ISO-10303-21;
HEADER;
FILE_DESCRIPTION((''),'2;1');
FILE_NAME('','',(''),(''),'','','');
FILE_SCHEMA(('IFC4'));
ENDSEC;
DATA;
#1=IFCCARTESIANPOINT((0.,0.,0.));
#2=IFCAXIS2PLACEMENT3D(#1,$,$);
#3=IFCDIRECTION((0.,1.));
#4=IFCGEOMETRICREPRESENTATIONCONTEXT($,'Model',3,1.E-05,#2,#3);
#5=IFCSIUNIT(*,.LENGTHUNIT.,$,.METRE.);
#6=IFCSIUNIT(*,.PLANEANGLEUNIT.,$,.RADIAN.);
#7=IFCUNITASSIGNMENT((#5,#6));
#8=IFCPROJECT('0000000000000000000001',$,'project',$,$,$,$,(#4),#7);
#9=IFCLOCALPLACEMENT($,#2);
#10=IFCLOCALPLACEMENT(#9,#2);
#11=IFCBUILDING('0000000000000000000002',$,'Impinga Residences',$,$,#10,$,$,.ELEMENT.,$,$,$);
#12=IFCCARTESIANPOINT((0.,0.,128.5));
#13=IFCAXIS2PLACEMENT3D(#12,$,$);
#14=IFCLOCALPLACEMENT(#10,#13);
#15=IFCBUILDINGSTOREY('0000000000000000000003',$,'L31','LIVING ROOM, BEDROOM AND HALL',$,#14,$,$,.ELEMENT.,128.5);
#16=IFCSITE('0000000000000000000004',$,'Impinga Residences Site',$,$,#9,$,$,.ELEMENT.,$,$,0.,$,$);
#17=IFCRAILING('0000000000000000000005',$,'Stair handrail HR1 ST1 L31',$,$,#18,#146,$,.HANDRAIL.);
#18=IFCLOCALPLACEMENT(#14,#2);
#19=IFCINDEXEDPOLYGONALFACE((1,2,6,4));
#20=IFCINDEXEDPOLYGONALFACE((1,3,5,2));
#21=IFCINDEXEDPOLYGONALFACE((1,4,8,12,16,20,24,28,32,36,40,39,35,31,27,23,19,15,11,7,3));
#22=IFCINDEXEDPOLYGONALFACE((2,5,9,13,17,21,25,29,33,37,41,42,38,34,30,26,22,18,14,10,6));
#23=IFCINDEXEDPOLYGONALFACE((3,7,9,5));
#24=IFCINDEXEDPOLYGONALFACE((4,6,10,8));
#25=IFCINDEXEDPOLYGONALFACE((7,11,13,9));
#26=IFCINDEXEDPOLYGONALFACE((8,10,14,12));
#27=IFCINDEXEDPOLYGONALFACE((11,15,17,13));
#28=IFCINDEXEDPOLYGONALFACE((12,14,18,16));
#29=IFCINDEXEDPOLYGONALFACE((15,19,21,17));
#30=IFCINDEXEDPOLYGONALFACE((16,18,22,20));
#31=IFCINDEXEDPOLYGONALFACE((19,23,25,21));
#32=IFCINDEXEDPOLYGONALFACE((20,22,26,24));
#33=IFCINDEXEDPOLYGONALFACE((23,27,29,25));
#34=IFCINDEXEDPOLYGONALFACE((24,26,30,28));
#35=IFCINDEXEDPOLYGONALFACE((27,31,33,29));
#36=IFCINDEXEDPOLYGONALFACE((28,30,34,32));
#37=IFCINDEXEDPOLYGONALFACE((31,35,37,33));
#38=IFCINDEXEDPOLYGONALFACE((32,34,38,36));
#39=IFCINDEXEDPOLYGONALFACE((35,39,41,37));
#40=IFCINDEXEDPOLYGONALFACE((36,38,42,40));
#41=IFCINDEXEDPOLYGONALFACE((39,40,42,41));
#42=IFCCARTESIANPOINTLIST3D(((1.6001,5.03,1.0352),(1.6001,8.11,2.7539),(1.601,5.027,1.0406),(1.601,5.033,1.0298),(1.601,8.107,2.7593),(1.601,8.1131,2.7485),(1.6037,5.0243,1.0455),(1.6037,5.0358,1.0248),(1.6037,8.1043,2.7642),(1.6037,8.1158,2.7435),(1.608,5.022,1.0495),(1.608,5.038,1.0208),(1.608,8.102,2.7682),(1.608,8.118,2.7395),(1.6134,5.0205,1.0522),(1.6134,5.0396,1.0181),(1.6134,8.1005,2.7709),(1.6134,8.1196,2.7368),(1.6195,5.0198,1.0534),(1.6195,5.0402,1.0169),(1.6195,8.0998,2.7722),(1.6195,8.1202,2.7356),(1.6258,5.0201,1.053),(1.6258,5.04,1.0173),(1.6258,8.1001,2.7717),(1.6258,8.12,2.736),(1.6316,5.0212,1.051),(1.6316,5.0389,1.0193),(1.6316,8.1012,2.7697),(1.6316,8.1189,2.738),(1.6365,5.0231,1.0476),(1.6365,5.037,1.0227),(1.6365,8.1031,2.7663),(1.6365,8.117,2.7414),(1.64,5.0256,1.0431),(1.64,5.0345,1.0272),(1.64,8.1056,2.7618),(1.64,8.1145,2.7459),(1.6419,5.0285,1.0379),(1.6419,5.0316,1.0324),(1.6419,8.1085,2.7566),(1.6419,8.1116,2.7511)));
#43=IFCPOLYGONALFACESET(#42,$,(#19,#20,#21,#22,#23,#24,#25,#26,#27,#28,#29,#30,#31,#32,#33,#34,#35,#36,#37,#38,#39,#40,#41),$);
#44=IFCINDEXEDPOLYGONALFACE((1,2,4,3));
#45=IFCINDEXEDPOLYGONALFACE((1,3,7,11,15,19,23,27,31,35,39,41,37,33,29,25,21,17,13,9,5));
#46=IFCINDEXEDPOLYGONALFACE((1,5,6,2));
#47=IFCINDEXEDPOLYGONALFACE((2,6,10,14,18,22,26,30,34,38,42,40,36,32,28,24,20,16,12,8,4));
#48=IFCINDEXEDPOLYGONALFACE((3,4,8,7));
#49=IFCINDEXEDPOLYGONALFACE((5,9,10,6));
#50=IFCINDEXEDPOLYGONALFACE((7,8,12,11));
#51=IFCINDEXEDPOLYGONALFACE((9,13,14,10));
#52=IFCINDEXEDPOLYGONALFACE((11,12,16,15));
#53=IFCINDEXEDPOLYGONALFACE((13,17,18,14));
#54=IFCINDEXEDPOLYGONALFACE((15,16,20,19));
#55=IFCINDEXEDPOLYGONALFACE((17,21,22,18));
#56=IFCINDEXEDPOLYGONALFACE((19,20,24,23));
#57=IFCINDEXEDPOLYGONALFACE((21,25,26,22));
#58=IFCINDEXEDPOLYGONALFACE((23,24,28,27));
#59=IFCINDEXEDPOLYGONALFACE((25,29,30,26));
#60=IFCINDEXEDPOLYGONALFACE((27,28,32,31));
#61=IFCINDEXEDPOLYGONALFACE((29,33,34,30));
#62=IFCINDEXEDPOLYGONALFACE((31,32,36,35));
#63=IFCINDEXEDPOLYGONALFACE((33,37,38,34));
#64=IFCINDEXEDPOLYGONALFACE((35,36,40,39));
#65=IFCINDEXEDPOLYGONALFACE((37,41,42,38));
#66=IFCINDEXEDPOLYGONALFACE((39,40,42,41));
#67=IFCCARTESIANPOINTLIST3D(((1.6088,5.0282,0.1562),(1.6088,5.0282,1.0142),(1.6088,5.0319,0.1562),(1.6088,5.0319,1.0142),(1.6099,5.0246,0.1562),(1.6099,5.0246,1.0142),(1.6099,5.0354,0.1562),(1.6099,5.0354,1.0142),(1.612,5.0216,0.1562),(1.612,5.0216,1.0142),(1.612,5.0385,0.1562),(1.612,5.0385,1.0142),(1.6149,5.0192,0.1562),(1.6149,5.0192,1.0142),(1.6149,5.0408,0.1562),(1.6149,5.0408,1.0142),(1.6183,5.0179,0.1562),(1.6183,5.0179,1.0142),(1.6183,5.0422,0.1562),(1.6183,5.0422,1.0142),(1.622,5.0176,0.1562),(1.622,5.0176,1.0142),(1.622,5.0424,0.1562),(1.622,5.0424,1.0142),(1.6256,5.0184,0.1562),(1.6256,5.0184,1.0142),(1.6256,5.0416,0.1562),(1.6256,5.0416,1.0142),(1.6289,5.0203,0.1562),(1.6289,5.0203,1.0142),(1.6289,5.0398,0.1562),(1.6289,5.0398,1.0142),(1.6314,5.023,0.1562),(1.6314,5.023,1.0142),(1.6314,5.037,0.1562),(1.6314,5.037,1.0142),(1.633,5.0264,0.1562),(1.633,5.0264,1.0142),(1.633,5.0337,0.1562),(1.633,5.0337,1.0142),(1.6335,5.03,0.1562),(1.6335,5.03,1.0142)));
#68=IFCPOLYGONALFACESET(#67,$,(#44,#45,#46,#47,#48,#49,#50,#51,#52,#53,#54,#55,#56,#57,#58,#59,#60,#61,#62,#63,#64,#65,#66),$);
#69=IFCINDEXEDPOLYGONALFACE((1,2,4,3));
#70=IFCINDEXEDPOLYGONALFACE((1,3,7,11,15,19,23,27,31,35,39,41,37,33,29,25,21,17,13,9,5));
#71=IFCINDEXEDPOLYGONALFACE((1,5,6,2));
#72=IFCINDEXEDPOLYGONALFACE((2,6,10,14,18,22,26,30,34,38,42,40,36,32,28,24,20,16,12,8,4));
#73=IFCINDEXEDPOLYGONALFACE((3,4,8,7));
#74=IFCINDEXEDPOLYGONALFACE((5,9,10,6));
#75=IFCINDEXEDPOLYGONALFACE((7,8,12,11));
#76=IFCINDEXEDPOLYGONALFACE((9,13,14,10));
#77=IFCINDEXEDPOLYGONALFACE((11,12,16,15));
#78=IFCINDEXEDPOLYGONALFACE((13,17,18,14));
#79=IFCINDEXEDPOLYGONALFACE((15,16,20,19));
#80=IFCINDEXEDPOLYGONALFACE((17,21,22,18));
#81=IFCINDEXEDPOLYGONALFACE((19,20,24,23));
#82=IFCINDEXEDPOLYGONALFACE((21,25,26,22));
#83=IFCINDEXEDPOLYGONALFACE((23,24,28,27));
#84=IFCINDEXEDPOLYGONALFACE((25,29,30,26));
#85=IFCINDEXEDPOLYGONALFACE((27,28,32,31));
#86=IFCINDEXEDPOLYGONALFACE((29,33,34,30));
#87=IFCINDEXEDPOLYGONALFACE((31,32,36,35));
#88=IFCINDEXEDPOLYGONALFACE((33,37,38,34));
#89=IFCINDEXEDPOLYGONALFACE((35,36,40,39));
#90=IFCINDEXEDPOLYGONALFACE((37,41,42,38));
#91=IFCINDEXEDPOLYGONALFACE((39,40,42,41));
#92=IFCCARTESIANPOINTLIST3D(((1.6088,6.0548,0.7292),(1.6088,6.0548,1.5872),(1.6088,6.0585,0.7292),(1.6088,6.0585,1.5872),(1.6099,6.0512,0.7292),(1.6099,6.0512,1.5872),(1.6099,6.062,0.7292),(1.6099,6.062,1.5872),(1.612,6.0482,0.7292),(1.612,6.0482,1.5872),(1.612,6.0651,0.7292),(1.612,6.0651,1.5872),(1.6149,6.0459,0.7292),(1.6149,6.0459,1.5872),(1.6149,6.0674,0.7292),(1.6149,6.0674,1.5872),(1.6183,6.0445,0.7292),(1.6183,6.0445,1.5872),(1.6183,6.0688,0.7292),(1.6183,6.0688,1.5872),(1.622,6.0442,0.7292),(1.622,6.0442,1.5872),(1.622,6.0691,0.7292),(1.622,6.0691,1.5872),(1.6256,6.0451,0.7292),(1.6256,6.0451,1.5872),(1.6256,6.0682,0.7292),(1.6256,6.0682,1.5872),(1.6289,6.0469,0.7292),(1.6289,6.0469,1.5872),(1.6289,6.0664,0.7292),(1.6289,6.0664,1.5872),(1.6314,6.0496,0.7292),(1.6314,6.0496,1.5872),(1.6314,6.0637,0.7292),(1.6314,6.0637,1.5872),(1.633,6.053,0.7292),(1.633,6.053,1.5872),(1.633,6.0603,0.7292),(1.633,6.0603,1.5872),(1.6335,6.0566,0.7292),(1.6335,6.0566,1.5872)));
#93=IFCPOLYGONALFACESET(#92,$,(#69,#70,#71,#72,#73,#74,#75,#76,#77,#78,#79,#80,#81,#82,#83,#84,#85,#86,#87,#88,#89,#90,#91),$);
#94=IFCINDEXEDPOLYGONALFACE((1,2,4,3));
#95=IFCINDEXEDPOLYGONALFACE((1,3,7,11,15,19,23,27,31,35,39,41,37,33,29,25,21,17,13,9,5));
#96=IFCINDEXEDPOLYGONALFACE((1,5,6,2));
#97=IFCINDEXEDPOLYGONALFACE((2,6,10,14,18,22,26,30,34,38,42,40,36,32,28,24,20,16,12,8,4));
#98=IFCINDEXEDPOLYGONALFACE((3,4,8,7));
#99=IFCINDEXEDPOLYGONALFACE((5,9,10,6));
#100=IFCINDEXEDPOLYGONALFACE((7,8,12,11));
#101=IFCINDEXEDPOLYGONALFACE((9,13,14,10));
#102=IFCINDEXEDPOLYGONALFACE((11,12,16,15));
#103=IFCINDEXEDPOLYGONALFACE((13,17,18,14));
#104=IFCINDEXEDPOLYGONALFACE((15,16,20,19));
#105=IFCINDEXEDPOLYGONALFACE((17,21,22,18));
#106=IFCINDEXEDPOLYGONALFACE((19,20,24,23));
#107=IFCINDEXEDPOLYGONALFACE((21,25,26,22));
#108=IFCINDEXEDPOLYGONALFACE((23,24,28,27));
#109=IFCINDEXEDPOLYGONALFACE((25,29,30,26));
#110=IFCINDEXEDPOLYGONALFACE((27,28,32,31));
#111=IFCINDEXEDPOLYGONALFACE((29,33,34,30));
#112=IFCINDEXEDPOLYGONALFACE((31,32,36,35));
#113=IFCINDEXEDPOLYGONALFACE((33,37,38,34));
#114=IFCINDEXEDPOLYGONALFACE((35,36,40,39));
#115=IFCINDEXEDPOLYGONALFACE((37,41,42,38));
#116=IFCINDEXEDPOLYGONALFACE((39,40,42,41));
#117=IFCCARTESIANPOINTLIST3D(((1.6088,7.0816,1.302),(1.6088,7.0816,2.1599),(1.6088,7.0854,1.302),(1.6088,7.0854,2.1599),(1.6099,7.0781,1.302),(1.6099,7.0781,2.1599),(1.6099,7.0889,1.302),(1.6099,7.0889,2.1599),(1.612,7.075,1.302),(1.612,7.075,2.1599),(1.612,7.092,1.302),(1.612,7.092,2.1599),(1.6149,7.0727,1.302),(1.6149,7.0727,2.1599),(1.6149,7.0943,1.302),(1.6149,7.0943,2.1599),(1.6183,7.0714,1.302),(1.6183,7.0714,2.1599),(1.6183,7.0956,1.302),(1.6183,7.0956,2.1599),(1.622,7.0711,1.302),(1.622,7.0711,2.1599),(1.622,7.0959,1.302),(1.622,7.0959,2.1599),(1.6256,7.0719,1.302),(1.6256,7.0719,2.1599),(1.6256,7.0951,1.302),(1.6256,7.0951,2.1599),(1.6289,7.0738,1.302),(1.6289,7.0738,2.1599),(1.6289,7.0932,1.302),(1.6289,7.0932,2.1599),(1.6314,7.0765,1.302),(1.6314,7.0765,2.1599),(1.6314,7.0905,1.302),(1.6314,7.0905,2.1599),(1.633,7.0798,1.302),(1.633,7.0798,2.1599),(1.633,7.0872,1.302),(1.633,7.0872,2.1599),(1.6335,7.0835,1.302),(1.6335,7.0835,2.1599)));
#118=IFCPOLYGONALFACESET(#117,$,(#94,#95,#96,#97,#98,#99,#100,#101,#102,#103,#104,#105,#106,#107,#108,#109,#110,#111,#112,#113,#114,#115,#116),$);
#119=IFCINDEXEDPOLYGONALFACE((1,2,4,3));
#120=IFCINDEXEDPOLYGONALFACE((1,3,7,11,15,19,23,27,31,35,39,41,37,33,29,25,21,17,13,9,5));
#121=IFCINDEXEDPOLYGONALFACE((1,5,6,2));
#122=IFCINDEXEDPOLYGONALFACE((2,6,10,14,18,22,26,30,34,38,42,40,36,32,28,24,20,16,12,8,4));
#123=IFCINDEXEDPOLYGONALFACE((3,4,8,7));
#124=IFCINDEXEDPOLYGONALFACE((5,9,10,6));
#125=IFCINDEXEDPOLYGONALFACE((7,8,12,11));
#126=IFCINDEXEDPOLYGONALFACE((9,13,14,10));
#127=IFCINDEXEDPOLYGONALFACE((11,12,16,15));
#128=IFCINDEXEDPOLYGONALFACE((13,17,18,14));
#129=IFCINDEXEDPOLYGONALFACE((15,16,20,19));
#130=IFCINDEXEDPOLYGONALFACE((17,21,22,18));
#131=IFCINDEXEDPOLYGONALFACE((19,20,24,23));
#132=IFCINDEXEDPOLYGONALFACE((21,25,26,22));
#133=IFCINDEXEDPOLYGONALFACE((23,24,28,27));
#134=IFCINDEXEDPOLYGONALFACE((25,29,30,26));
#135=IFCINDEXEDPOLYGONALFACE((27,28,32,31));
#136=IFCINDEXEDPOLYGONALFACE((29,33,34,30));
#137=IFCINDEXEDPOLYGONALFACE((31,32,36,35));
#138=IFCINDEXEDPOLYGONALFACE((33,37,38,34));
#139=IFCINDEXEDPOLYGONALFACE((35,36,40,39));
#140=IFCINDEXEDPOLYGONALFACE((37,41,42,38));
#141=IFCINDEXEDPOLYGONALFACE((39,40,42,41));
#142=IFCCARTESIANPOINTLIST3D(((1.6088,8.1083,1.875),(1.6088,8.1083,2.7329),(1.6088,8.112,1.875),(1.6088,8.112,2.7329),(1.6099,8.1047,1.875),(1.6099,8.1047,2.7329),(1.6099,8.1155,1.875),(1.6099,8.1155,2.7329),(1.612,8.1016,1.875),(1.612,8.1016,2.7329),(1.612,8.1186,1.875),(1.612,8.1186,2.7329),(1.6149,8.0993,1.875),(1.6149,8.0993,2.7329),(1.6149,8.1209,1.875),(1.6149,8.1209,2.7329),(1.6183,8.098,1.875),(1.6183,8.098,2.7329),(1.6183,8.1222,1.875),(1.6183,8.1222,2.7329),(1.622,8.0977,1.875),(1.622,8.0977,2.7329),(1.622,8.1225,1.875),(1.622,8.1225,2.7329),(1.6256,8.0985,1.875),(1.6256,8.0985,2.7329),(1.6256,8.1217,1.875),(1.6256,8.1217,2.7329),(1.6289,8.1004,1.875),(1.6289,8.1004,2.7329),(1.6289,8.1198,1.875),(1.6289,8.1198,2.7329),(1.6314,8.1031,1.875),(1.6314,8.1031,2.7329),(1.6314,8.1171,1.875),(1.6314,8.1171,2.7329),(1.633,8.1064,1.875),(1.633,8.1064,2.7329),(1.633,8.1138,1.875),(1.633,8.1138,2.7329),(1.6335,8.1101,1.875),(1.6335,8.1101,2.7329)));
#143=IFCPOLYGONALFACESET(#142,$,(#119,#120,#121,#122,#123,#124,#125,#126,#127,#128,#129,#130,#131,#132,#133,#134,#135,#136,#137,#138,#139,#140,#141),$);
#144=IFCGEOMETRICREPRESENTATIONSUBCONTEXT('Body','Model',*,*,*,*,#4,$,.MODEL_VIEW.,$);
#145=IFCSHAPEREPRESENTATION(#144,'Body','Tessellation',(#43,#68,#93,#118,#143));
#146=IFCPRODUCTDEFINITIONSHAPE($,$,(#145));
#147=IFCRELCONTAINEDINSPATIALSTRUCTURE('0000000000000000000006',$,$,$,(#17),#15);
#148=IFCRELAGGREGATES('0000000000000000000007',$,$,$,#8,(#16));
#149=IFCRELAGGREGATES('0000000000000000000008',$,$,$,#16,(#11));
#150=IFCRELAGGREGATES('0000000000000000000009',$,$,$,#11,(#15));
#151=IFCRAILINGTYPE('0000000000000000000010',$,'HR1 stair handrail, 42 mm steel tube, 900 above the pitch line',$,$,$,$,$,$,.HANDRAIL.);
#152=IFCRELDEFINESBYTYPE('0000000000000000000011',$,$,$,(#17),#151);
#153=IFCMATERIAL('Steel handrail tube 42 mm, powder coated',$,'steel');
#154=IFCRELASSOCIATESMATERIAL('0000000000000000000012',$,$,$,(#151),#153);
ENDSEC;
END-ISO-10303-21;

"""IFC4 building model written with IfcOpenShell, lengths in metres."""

from ifc_helpers import new_model, si_unit, direction, frame, origin, origin_2d, place, context, subcontext, project, spatial, circle, extrude, material, type_object, element, save


model = new_model("IFC4")

# Units and contexts
model_context = context("Model", 3, precision=1e-05, world=origin(), true_north=direction((0.0, 1.0)))
body_context = subcontext(model_context, "Body", "Model", "MODEL_VIEW")
ifc_project = project(units=[si_unit("LENGTHUNIT", "METRE"), si_unit("PLANEANGLEUNIT", "RADIAN")], contexts=[model_context])

# Site, building, storey
site_placement = place(None, origin())
site = spatial("IfcSite", under=ifc_project, at=site_placement, Name="Impinga Residences Site", CompositionType="ELEMENT", RefElevation=0.0)
building_placement = place(site_placement, origin())
building = spatial("IfcBuilding", under=site, at=building_placement, Name="Impinga Residences", CompositionType="ELEMENT")
storey_placement = place(building_placement, frame((0.0, 0.0, 128.5)))
storey = spatial("IfcBuildingStorey", under=building, at=storey_placement, Name="L31", Description="LIVING ROOM, BEDROOM AND HALL", CompositionType="ELEMENT", Elevation=128.5)

# Railing
ifc_material_1 = material(Name="Steel handrail tube 42 mm, powder coated", Category="steel")
railing_type_1 = type_object("IfcRailingType", Name="HR1 stair handrail, 42 mm steel tube, 900 above the pitch line", PredefinedType="HANDRAIL", material=ifc_material_1)
railing_1_placement = place(storey_placement, frame((1.6211, 5.03, 0.1562)))
element("IfcRailing", 1, at=railing_1_placement, inside=storey, type_object=railing_type_1, Name="Stair handrail HR1 ST1 L31", PredefinedType="HANDRAIL", context=body_context, shape_type="SweptSolid", body=[
    extrude(circle(Radius=0.021, at=origin_2d()), frame((0.0, 0.0, 0.8789), z_axis=(0.0, 0.873242, 0.487288), x_axis=(-1.0, 0.0, 0.0)), (0.0, 0.0, 1.0), 3.5271),
    extrude(circle(Radius=0.0125, at=origin_2d()), origin(), (0.0, 0.0, 1.0), 0.8579),
    extrude(circle(Radius=0.0125, at=origin_2d()), frame((0.0, 1.0266, 0.573)), (0.0, 0.0, 1.0), 0.8579),
    extrude(circle(Radius=0.0125, at=origin_2d()), frame((0.0, 2.0535, 1.1458)), (0.0, 0.0, 1.0), 0.8579),
    extrude(circle(Radius=0.0125, at=origin_2d()), frame((0.0, 3.0801, 1.7188)), (0.0, 0.0, 1.0), 0.8579),
])

save(model, "model.ifc")
